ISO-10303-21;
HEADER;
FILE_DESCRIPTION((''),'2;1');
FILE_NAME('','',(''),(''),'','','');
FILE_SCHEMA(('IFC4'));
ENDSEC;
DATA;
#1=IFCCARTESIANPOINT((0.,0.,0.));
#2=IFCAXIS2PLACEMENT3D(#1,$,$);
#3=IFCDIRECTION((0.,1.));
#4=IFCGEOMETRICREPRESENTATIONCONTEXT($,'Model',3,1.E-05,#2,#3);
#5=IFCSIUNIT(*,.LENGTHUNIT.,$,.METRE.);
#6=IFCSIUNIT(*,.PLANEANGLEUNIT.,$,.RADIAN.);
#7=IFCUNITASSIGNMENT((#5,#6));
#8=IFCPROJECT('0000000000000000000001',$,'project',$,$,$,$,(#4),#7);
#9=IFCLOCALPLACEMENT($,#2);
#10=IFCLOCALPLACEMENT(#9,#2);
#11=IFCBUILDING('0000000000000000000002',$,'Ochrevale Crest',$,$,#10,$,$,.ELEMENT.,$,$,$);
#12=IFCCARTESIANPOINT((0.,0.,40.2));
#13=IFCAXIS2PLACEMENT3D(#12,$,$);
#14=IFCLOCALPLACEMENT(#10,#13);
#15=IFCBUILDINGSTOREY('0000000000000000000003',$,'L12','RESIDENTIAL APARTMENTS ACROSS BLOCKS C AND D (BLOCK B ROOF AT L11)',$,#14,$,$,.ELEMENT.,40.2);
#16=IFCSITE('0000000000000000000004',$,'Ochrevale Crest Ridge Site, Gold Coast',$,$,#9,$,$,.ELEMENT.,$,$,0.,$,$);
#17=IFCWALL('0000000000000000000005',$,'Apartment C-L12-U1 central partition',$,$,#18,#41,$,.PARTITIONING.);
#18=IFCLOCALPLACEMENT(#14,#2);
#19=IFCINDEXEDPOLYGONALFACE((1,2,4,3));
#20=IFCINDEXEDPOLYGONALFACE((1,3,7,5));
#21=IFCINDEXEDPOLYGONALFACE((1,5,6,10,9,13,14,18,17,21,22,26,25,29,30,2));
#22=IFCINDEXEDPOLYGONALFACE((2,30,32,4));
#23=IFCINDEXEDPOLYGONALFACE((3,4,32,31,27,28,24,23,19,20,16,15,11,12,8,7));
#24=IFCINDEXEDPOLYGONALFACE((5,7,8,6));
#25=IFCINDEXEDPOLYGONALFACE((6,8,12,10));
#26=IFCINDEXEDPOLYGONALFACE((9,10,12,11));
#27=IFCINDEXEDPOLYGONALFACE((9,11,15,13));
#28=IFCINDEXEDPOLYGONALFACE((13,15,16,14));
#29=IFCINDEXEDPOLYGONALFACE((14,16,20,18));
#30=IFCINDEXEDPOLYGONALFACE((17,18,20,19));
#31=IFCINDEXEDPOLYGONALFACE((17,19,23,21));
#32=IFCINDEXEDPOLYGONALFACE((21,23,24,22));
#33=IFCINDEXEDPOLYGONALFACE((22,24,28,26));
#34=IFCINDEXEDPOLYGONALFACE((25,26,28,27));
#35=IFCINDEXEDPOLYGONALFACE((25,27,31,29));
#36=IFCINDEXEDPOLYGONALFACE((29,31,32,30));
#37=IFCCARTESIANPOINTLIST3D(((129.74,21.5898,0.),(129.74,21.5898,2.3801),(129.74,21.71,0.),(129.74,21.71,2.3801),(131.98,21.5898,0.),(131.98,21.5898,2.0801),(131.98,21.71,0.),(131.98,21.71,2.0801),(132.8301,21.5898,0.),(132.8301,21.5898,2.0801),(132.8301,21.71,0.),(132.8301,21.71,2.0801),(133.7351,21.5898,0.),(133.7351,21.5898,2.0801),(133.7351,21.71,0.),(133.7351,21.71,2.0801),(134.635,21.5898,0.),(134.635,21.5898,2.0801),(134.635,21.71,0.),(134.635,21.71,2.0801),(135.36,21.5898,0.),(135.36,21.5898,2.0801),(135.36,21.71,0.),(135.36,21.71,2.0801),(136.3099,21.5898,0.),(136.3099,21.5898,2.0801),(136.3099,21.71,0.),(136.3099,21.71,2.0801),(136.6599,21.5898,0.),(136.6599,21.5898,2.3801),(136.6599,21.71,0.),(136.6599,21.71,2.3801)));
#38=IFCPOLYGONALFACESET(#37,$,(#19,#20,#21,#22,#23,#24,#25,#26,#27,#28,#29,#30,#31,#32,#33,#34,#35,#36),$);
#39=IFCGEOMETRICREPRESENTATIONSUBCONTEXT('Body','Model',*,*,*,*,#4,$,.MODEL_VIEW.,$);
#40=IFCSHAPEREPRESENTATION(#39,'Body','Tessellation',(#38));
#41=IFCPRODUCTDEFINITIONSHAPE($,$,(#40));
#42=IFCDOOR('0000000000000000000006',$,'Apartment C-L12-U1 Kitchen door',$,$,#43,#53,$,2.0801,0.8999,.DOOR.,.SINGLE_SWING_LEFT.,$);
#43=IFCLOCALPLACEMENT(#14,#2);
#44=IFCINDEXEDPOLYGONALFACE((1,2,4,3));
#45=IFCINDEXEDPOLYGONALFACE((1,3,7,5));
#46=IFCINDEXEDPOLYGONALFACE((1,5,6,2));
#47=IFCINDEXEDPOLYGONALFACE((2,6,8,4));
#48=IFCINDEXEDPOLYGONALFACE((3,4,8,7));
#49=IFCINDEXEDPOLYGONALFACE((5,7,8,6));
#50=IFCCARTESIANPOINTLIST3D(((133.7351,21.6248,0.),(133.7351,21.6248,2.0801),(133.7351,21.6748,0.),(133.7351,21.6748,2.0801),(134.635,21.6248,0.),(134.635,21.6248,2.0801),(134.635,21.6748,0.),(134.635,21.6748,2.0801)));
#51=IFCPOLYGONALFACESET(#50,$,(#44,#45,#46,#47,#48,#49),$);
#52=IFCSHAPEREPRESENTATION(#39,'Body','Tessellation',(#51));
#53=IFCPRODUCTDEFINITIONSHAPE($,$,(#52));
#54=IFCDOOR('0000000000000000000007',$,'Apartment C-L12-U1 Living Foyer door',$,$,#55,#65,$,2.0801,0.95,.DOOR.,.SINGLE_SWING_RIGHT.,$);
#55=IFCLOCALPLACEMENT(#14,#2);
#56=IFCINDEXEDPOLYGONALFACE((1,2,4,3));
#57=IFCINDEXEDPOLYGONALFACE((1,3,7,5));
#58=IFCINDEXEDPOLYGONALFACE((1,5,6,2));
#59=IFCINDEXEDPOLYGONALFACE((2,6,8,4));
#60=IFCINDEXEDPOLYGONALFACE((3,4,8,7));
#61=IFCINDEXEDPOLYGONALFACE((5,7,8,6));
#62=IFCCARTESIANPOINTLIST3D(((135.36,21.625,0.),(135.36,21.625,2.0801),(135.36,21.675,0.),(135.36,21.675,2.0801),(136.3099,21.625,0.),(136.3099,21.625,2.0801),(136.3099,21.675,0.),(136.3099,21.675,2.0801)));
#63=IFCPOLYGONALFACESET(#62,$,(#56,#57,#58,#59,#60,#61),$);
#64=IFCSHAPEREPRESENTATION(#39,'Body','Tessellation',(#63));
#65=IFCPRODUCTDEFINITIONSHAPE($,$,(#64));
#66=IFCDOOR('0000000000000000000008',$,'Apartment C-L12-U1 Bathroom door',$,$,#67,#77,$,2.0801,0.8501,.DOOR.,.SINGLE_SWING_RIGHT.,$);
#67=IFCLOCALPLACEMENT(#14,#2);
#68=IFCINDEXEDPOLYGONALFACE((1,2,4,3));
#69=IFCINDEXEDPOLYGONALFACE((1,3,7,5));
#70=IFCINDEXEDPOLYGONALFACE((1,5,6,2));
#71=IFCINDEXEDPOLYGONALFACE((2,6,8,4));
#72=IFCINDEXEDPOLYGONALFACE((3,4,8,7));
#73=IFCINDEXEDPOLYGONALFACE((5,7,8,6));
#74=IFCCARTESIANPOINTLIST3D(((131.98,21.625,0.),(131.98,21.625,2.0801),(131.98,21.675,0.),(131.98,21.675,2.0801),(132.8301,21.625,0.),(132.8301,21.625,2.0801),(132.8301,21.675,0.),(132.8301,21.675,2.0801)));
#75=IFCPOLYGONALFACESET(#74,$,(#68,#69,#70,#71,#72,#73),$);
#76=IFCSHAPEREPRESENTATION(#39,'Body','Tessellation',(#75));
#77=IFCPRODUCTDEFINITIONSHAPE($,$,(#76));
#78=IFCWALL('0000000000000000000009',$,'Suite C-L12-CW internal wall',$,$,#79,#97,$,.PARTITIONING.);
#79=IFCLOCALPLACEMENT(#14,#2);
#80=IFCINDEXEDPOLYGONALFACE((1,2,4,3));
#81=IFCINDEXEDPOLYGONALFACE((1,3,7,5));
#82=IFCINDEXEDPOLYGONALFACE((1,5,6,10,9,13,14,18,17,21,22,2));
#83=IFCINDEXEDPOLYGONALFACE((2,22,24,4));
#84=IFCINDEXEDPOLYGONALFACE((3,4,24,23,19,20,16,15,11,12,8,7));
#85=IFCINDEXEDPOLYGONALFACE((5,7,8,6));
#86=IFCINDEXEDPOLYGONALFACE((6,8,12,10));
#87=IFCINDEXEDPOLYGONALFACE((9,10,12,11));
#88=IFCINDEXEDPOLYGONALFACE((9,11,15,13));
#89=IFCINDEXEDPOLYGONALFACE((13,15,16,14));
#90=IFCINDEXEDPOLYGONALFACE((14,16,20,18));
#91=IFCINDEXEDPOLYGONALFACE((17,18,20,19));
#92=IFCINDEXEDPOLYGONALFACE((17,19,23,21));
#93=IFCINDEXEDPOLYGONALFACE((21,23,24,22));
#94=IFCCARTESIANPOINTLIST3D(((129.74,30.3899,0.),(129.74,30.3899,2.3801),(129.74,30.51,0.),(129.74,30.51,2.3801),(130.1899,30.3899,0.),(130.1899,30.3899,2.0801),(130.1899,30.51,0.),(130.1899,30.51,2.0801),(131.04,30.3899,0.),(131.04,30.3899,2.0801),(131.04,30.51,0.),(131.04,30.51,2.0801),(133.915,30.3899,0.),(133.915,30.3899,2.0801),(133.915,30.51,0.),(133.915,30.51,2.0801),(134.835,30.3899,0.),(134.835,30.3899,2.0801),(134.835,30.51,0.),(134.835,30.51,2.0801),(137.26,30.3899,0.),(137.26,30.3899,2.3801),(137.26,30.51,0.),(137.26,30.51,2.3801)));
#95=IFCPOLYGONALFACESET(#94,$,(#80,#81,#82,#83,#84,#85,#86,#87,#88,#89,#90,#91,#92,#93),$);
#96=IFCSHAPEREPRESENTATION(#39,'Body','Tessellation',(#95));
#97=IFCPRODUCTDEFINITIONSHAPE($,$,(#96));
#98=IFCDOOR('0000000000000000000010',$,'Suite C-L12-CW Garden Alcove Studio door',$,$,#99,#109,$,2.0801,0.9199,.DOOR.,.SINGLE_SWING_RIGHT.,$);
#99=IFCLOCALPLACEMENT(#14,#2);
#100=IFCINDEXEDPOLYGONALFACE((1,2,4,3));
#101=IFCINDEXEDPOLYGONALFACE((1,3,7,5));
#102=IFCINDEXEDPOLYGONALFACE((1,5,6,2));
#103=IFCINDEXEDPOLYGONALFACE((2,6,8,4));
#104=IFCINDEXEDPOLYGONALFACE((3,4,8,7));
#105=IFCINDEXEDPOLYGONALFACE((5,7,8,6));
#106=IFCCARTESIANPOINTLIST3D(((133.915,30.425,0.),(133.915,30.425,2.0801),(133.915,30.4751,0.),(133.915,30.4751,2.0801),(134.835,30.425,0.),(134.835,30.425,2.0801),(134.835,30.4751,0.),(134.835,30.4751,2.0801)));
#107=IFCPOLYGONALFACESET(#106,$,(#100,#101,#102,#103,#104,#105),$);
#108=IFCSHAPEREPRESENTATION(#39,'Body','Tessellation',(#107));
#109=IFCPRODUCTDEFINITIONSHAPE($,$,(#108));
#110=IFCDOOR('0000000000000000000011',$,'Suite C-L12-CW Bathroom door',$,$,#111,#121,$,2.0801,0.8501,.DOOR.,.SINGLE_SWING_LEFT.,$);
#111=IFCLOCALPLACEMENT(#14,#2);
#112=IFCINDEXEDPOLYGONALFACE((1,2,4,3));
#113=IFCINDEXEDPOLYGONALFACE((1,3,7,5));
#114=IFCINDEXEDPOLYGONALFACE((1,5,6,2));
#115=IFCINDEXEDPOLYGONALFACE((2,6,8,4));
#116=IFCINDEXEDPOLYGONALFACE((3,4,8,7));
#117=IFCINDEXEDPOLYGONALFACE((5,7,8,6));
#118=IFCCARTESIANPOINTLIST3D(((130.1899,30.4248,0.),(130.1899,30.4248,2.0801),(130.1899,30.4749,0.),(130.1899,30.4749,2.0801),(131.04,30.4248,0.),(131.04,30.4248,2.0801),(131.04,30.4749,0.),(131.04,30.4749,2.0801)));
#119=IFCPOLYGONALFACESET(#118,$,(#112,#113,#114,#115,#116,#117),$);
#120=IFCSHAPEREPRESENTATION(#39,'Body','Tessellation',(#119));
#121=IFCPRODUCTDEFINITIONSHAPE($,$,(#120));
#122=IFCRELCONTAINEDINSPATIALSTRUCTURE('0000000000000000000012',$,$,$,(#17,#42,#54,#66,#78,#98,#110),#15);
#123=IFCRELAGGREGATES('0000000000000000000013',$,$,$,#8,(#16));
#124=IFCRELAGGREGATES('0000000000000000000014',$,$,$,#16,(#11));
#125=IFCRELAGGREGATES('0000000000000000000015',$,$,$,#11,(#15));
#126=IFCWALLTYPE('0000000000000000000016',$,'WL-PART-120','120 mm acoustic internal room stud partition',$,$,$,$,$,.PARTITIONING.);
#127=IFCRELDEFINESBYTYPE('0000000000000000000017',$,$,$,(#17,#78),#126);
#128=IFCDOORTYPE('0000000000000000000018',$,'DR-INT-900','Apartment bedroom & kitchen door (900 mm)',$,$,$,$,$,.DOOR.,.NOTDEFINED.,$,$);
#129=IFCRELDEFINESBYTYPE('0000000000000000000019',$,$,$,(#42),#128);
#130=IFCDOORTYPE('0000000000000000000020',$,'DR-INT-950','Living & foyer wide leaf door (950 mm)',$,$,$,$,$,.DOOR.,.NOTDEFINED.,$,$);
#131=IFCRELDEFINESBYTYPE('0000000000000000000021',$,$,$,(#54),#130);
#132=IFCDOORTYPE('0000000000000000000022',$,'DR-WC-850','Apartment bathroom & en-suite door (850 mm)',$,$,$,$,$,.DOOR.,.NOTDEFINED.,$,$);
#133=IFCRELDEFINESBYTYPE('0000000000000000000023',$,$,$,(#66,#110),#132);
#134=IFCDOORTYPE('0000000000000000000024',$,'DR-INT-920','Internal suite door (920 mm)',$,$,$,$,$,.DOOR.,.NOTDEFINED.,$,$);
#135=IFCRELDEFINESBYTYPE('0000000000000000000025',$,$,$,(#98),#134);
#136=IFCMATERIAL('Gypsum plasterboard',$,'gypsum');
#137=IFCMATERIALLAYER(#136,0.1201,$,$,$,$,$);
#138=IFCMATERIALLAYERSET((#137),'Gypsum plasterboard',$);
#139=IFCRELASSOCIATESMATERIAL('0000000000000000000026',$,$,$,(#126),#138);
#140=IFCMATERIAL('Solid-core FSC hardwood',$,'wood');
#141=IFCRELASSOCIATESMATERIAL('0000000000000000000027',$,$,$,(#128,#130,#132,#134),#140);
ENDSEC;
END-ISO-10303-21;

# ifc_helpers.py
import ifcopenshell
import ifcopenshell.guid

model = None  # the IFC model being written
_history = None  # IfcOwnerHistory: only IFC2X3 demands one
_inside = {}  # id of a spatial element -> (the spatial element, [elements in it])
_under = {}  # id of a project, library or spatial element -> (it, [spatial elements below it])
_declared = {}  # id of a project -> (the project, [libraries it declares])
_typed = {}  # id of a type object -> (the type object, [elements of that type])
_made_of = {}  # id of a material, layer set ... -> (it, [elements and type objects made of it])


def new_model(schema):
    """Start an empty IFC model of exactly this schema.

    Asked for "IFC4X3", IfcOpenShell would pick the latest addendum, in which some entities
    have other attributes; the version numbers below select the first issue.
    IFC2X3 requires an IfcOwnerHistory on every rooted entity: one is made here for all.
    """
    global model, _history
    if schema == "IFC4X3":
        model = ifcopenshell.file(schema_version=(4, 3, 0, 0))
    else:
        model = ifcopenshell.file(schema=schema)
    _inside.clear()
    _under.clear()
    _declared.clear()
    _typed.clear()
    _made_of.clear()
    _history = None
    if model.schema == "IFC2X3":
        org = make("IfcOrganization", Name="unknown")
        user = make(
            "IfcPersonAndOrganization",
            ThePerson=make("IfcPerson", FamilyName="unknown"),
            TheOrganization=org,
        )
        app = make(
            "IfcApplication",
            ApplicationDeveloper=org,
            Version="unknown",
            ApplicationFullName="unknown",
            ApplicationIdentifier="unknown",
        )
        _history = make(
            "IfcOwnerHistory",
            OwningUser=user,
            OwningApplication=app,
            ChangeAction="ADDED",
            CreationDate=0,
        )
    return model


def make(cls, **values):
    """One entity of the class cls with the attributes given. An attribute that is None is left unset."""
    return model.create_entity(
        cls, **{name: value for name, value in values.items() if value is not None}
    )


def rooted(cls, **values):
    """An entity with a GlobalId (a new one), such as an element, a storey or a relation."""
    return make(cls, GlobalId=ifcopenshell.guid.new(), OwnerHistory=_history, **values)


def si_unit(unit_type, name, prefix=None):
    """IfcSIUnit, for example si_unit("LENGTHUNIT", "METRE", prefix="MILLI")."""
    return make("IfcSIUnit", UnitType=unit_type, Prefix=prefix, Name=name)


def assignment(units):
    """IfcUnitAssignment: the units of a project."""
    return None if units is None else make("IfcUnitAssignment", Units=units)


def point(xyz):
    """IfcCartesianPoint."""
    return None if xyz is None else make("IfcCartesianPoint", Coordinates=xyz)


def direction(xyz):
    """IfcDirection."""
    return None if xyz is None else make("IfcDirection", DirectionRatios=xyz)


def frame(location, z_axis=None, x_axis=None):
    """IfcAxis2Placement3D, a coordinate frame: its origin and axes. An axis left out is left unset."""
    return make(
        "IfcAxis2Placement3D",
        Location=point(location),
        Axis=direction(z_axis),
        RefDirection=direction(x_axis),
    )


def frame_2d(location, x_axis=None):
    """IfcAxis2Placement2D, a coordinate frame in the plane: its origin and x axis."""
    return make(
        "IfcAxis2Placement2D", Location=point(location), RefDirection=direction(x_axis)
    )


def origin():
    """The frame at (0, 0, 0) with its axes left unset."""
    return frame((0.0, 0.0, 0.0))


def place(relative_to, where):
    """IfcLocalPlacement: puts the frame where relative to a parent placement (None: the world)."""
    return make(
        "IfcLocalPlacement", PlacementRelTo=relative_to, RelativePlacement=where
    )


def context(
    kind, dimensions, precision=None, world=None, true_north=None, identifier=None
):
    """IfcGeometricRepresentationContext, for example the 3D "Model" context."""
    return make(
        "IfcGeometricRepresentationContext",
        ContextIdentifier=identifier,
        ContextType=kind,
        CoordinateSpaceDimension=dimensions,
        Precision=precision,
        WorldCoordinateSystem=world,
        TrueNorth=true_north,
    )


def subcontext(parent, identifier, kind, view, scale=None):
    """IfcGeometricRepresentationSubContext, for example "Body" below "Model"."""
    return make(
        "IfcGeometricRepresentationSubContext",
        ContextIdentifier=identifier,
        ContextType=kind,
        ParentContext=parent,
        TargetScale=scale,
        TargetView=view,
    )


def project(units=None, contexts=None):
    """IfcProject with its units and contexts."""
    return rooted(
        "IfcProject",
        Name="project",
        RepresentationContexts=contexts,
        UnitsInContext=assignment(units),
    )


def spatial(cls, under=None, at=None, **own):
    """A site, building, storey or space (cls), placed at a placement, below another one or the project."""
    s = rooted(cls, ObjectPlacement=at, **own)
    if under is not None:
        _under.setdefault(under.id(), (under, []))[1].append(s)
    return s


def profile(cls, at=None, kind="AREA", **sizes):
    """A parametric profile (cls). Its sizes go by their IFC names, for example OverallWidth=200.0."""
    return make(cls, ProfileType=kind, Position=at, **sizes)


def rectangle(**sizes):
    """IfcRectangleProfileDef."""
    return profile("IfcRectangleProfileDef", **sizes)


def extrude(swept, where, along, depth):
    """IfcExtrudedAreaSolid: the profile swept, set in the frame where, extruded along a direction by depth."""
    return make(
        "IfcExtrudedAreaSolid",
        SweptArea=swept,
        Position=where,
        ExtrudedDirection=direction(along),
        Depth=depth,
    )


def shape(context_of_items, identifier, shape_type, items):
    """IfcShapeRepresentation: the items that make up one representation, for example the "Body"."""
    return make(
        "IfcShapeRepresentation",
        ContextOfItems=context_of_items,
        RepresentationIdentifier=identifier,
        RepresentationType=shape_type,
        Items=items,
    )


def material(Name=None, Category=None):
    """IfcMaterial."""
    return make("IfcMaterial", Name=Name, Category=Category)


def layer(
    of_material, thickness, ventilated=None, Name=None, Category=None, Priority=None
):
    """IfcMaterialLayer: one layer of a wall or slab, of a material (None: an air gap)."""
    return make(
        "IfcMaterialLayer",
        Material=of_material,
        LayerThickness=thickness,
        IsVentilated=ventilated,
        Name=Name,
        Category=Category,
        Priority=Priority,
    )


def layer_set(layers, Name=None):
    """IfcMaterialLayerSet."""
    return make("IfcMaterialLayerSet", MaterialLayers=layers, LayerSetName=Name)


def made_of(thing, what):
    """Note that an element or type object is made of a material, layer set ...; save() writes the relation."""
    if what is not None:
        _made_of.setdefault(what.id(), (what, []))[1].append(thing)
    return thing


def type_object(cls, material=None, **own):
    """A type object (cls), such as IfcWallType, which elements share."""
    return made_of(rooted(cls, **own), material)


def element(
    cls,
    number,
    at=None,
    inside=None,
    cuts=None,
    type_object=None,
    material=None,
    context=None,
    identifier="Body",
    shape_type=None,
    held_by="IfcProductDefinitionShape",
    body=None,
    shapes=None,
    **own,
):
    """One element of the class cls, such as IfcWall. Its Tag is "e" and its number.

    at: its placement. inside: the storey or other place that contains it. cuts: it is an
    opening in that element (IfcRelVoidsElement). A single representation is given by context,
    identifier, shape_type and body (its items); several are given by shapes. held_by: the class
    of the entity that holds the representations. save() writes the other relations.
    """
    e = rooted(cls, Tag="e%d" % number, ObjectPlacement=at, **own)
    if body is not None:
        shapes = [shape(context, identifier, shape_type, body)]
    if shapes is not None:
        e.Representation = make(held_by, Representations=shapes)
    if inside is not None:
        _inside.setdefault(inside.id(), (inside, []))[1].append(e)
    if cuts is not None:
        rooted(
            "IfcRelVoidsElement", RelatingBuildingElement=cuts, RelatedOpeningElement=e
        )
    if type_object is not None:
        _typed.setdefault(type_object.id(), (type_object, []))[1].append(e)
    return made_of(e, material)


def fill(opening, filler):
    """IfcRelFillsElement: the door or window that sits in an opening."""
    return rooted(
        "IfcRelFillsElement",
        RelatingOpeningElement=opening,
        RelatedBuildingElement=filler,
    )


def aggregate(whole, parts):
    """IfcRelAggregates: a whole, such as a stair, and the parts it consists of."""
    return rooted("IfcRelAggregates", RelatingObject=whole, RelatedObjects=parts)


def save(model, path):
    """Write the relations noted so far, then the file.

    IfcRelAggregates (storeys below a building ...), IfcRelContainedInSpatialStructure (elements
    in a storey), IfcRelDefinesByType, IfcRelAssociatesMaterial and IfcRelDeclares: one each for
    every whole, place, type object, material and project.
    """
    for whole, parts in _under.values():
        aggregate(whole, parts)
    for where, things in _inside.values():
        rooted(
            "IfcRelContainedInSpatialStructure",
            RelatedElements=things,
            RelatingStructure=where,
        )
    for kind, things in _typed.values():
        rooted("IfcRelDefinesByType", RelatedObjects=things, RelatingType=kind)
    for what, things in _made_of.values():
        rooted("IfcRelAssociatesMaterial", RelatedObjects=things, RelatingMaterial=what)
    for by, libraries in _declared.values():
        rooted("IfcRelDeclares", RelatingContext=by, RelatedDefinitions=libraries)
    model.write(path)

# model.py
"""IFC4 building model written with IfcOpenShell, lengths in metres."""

from ifc_helpers import new_model, si_unit, direction, frame, frame_2d, origin, place, context, subcontext, project, spatial, rectangle, extrude, material, layer, layer_set, type_object, element, fill, save


model = new_model("IFC4")

# Units and contexts
model_context = context("Model", 3, precision=1e-05, world=origin(), true_north=direction((0.0, 1.0)))
body_context = subcontext(model_context, "Body", "Model", "MODEL_VIEW")
ifc_project = project(units=[si_unit("LENGTHUNIT", "METRE"), si_unit("PLANEANGLEUNIT", "RADIAN")], contexts=[model_context])

# Site, building, storey
site_placement = place(None, origin())
site = spatial("IfcSite", under=ifc_project, at=site_placement, Name="Ochrevale Crest Ridge Site, Gold Coast", CompositionType="ELEMENT", RefElevation=0.0)
building_placement = place(site_placement, origin())
building = spatial("IfcBuilding", under=site, at=building_placement, Name="Ochrevale Crest", CompositionType="ELEMENT")
storey_placement = place(building_placement, frame((0.0, 0.0, 40.2)))
storey = spatial("IfcBuildingStorey", under=building, at=storey_placement, Name="L12", Description="RESIDENTIAL APARTMENTS ACROSS BLOCKS C AND D (BLOCK B ROOF AT L11)", CompositionType="ELEMENT", Elevation=40.2)

# Shared definitions
ifc_material_1 = material(Name="Gypsum plasterboard", Category="gypsum")
ifc_material_2 = material(Name="Solid-core FSC hardwood", Category="wood")

# Walls, openings, doors
ifc_layer_1 = layer(ifc_material_1, 0.1201)
ifc_layer_set_1 = layer_set([ifc_layer_1], Name="Gypsum plasterboard")
wall_type_1 = type_object("IfcWallType", Name="WL-PART-120", Description="120 mm acoustic internal room stud partition", PredefinedType="PARTITIONING", material=ifc_layer_set_1)
wall_1_placement = place(storey_placement, frame((129.74, 21.6499, 0.0), z_axis=(0.0, 0.0, 1.0), x_axis=(1.0, 0.0, 0.0)))
wall_1 = element("IfcWall", 1, at=wall_1_placement, inside=storey, type_object=wall_type_1, Name="Apartment C-L12-U1 central partition", PredefinedType="PARTITIONING", context=body_context, shape_type="SweptSolid", body=[
    extrude(rectangle(XDim=6.9199, YDim=0.1201, at=frame_2d((3.46, 0.0))), origin(), (0.0, 0.0, 1.0), 2.3801),
])
opening_1_placement = place(wall_1_placement, frame((3.0901, 0.0, 0.0), z_axis=(0.0, 0.0, 1.0), x_axis=(-1.0, 0.0, 0.0)))
opening_1 = element("IfcOpeningElement", 2, at=opening_1_placement, cuts=wall_1, PredefinedType="OPENING", context=body_context, shape_type="SweptSolid", body=[
    extrude(rectangle(XDim=0.8501, YDim=2.0801, at=frame_2d((0.425, 1.04))), frame((0.0, 0.0701, 0.0), z_axis=(0.0, -1.0, 0.0), x_axis=(1.0, 0.0, 0.0)), (0.0, 0.0, 1.0), 0.1401),
])
opening_2_placement = place(wall_1_placement, frame((3.9951, 0.0, 0.0)))
opening_2 = element("IfcOpeningElement", 3, at=opening_2_placement, cuts=wall_1, PredefinedType="OPENING", context=body_context, shape_type="SweptSolid", body=[
    extrude(rectangle(XDim=0.8999, YDim=2.0801, at=frame_2d((0.45, 1.04))), frame((0.0, 0.0701, 0.0), z_axis=(0.0, -1.0, 0.0), x_axis=(1.0, 0.0, 0.0)), (0.0, 0.0, 1.0), 0.1401),
])
opening_3_placement = place(wall_1_placement, frame((6.5701, 0.0, 0.0), z_axis=(0.0, 0.0, 1.0), x_axis=(-1.0, 0.0, 0.0)))
opening_3 = element("IfcOpeningElement", 4, at=opening_3_placement, cuts=wall_1, PredefinedType="OPENING", context=body_context, shape_type="SweptSolid", body=[
    extrude(rectangle(XDim=0.95, YDim=2.0801, at=frame_2d((0.4751, 1.04))), frame((0.0, 0.0701, 0.0), z_axis=(0.0, -1.0, 0.0), x_axis=(1.0, 0.0, 0.0)), (0.0, 0.0, 1.0), 0.1401),
])
door_type_1 = type_object("IfcDoorType", Name="DR-INT-900", Description="Apartment bedroom & kitchen door (900 mm)", OperationType="NOTDEFINED", PredefinedType="DOOR", material=ifc_material_2)
door_1_placement = place(opening_2_placement, origin())
door_1 = element("IfcDoor", 5, at=door_1_placement, inside=storey, type_object=door_type_1, Name="Apartment C-L12-U1 Kitchen door", OperationType="SINGLE_SWING_LEFT", OverallHeight=2.0801, OverallWidth=0.8999, PredefinedType="DOOR", context=body_context, shape_type="SweptSolid", body=[
    extrude(rectangle(XDim=0.8999, YDim=2.0801, at=frame_2d((0.45, 1.04))), frame((0.0, 0.0249, 0.0), z_axis=(0.0, -1.0, 0.0), x_axis=(1.0, 0.0, 0.0)), (0.0, 0.0, 1.0), 0.05),
])
fill(opening_2, door_1)
door_type_2 = type_object("IfcDoorType", Name="DR-INT-950", Description="Living & foyer wide leaf door (950 mm)", OperationType="NOTDEFINED", PredefinedType="DOOR", material=ifc_material_2)
door_2_placement = place(opening_3_placement, origin())
door_2 = element("IfcDoor", 6, at=door_2_placement, inside=storey, type_object=door_type_2, Name="Apartment C-L12-U1 Living Foyer door", OperationType="SINGLE_SWING_RIGHT", OverallHeight=2.0801, OverallWidth=0.95, PredefinedType="DOOR", context=body_context, shape_type="SweptSolid", body=[
    extrude(rectangle(XDim=0.95, YDim=2.0801, at=frame_2d((0.4751, 1.04))), frame((0.0, 0.0249, 0.0), z_axis=(0.0, -1.0, 0.0), x_axis=(1.0, 0.0, 0.0)), (0.0, 0.0, 1.0), 0.05),
])
fill(opening_3, door_2)
door_type_3 = type_object("IfcDoorType", Name="DR-WC-850", Description="Apartment bathroom & en-suite door (850 mm)", OperationType="NOTDEFINED", PredefinedType="DOOR", material=ifc_material_2)
door_3_placement = place(opening_1_placement, origin())
door_3 = element("IfcDoor", 7, at=door_3_placement, inside=storey, type_object=door_type_3, Name="Apartment C-L12-U1 Bathroom door", OperationType="SINGLE_SWING_RIGHT", OverallHeight=2.0801, OverallWidth=0.8501, PredefinedType="DOOR", context=body_context, shape_type="SweptSolid", body=[
    extrude(rectangle(XDim=0.8501, YDim=2.0801, at=frame_2d((0.425, 1.04))), frame((0.0, 0.0249, 0.0), z_axis=(0.0, -1.0, 0.0), x_axis=(1.0, 0.0, 0.0)), (0.0, 0.0, 1.0), 0.05),
])
fill(opening_1, door_3)
wall_2_placement = place(storey_placement, frame((129.74, 30.45, 0.0), z_axis=(0.0, 0.0, 1.0), x_axis=(1.0, 0.0, 0.0)))
wall_2 = element("IfcWall", 8, at=wall_2_placement, inside=storey, type_object=wall_type_1, Name="Suite C-L12-CW internal wall", PredefinedType="PARTITIONING", context=body_context, shape_type="SweptSolid", body=[
    extrude(rectangle(XDim=7.52, YDim=0.1201, at=frame_2d((3.76, 0.0))), origin(), (0.0, 0.0, 1.0), 2.3801),
])
opening_4_placement = place(wall_2_placement, frame((0.45, 0.0, 0.0)))
opening_4 = element("IfcOpeningElement", 9, at=opening_4_placement, cuts=wall_2, PredefinedType="OPENING", context=body_context, shape_type="SweptSolid", body=[
    extrude(rectangle(XDim=0.8501, YDim=2.0801, at=frame_2d((0.425, 1.04))), frame((0.0, 0.0701, 0.0), z_axis=(0.0, -1.0, 0.0), x_axis=(1.0, 0.0, 0.0)), (0.0, 0.0, 1.0), 0.1401),
])
opening_5_placement = place(wall_2_placement, frame((5.095, 0.0, 0.0), z_axis=(0.0, 0.0, 1.0), x_axis=(-1.0, 0.0, 0.0)))
opening_5 = element("IfcOpeningElement", 10, at=opening_5_placement, cuts=wall_2, PredefinedType="OPENING", context=body_context, shape_type="SweptSolid", body=[
    extrude(rectangle(XDim=0.9199, YDim=2.0801, at=frame_2d((0.46, 1.04))), frame((0.0, 0.0701, 0.0), z_axis=(0.0, -1.0, 0.0), x_axis=(1.0, 0.0, 0.0)), (0.0, 0.0, 1.0), 0.1401),
])
door_type_4 = type_object("IfcDoorType", Name="DR-INT-920", Description="Internal suite door (920 mm)", OperationType="NOTDEFINED", PredefinedType="DOOR", material=ifc_material_2)
door_4_placement = place(opening_5_placement, origin())
door_4 = element("IfcDoor", 11, at=door_4_placement, inside=storey, type_object=door_type_4, Name="Suite C-L12-CW Garden Alcove Studio door", OperationType="SINGLE_SWING_RIGHT", OverallHeight=2.0801, OverallWidth=0.9199, PredefinedType="DOOR", context=body_context, shape_type="SweptSolid", body=[
    extrude(rectangle(XDim=0.9199, YDim=2.0801, at=frame_2d((0.46, 1.04))), frame((0.0, 0.0249, 0.0), z_axis=(0.0, -1.0, 0.0), x_axis=(1.0, 0.0, 0.0)), (0.0, 0.0, 1.0), 0.05),
])
fill(opening_5, door_4)
door_5_placement = place(opening_4_placement, origin())
door_5 = element("IfcDoor", 12, at=door_5_placement, inside=storey, type_object=door_type_3, Name="Suite C-L12-CW Bathroom door", OperationType="SINGLE_SWING_LEFT", OverallHeight=2.0801, OverallWidth=0.8501, PredefinedType="DOOR", context=body_context, shape_type="SweptSolid", body=[
    extrude(rectangle(XDim=0.8501, YDim=2.0801, at=frame_2d((0.425, 1.04))), frame((0.0, 0.0249, 0.0), z_axis=(0.0, -1.0, 0.0), x_axis=(1.0, 0.0, 0.0)), (0.0, 0.0, 1.0), 0.05),
])
fill(opening_4, door_5)

save(model, "model.ifc")
